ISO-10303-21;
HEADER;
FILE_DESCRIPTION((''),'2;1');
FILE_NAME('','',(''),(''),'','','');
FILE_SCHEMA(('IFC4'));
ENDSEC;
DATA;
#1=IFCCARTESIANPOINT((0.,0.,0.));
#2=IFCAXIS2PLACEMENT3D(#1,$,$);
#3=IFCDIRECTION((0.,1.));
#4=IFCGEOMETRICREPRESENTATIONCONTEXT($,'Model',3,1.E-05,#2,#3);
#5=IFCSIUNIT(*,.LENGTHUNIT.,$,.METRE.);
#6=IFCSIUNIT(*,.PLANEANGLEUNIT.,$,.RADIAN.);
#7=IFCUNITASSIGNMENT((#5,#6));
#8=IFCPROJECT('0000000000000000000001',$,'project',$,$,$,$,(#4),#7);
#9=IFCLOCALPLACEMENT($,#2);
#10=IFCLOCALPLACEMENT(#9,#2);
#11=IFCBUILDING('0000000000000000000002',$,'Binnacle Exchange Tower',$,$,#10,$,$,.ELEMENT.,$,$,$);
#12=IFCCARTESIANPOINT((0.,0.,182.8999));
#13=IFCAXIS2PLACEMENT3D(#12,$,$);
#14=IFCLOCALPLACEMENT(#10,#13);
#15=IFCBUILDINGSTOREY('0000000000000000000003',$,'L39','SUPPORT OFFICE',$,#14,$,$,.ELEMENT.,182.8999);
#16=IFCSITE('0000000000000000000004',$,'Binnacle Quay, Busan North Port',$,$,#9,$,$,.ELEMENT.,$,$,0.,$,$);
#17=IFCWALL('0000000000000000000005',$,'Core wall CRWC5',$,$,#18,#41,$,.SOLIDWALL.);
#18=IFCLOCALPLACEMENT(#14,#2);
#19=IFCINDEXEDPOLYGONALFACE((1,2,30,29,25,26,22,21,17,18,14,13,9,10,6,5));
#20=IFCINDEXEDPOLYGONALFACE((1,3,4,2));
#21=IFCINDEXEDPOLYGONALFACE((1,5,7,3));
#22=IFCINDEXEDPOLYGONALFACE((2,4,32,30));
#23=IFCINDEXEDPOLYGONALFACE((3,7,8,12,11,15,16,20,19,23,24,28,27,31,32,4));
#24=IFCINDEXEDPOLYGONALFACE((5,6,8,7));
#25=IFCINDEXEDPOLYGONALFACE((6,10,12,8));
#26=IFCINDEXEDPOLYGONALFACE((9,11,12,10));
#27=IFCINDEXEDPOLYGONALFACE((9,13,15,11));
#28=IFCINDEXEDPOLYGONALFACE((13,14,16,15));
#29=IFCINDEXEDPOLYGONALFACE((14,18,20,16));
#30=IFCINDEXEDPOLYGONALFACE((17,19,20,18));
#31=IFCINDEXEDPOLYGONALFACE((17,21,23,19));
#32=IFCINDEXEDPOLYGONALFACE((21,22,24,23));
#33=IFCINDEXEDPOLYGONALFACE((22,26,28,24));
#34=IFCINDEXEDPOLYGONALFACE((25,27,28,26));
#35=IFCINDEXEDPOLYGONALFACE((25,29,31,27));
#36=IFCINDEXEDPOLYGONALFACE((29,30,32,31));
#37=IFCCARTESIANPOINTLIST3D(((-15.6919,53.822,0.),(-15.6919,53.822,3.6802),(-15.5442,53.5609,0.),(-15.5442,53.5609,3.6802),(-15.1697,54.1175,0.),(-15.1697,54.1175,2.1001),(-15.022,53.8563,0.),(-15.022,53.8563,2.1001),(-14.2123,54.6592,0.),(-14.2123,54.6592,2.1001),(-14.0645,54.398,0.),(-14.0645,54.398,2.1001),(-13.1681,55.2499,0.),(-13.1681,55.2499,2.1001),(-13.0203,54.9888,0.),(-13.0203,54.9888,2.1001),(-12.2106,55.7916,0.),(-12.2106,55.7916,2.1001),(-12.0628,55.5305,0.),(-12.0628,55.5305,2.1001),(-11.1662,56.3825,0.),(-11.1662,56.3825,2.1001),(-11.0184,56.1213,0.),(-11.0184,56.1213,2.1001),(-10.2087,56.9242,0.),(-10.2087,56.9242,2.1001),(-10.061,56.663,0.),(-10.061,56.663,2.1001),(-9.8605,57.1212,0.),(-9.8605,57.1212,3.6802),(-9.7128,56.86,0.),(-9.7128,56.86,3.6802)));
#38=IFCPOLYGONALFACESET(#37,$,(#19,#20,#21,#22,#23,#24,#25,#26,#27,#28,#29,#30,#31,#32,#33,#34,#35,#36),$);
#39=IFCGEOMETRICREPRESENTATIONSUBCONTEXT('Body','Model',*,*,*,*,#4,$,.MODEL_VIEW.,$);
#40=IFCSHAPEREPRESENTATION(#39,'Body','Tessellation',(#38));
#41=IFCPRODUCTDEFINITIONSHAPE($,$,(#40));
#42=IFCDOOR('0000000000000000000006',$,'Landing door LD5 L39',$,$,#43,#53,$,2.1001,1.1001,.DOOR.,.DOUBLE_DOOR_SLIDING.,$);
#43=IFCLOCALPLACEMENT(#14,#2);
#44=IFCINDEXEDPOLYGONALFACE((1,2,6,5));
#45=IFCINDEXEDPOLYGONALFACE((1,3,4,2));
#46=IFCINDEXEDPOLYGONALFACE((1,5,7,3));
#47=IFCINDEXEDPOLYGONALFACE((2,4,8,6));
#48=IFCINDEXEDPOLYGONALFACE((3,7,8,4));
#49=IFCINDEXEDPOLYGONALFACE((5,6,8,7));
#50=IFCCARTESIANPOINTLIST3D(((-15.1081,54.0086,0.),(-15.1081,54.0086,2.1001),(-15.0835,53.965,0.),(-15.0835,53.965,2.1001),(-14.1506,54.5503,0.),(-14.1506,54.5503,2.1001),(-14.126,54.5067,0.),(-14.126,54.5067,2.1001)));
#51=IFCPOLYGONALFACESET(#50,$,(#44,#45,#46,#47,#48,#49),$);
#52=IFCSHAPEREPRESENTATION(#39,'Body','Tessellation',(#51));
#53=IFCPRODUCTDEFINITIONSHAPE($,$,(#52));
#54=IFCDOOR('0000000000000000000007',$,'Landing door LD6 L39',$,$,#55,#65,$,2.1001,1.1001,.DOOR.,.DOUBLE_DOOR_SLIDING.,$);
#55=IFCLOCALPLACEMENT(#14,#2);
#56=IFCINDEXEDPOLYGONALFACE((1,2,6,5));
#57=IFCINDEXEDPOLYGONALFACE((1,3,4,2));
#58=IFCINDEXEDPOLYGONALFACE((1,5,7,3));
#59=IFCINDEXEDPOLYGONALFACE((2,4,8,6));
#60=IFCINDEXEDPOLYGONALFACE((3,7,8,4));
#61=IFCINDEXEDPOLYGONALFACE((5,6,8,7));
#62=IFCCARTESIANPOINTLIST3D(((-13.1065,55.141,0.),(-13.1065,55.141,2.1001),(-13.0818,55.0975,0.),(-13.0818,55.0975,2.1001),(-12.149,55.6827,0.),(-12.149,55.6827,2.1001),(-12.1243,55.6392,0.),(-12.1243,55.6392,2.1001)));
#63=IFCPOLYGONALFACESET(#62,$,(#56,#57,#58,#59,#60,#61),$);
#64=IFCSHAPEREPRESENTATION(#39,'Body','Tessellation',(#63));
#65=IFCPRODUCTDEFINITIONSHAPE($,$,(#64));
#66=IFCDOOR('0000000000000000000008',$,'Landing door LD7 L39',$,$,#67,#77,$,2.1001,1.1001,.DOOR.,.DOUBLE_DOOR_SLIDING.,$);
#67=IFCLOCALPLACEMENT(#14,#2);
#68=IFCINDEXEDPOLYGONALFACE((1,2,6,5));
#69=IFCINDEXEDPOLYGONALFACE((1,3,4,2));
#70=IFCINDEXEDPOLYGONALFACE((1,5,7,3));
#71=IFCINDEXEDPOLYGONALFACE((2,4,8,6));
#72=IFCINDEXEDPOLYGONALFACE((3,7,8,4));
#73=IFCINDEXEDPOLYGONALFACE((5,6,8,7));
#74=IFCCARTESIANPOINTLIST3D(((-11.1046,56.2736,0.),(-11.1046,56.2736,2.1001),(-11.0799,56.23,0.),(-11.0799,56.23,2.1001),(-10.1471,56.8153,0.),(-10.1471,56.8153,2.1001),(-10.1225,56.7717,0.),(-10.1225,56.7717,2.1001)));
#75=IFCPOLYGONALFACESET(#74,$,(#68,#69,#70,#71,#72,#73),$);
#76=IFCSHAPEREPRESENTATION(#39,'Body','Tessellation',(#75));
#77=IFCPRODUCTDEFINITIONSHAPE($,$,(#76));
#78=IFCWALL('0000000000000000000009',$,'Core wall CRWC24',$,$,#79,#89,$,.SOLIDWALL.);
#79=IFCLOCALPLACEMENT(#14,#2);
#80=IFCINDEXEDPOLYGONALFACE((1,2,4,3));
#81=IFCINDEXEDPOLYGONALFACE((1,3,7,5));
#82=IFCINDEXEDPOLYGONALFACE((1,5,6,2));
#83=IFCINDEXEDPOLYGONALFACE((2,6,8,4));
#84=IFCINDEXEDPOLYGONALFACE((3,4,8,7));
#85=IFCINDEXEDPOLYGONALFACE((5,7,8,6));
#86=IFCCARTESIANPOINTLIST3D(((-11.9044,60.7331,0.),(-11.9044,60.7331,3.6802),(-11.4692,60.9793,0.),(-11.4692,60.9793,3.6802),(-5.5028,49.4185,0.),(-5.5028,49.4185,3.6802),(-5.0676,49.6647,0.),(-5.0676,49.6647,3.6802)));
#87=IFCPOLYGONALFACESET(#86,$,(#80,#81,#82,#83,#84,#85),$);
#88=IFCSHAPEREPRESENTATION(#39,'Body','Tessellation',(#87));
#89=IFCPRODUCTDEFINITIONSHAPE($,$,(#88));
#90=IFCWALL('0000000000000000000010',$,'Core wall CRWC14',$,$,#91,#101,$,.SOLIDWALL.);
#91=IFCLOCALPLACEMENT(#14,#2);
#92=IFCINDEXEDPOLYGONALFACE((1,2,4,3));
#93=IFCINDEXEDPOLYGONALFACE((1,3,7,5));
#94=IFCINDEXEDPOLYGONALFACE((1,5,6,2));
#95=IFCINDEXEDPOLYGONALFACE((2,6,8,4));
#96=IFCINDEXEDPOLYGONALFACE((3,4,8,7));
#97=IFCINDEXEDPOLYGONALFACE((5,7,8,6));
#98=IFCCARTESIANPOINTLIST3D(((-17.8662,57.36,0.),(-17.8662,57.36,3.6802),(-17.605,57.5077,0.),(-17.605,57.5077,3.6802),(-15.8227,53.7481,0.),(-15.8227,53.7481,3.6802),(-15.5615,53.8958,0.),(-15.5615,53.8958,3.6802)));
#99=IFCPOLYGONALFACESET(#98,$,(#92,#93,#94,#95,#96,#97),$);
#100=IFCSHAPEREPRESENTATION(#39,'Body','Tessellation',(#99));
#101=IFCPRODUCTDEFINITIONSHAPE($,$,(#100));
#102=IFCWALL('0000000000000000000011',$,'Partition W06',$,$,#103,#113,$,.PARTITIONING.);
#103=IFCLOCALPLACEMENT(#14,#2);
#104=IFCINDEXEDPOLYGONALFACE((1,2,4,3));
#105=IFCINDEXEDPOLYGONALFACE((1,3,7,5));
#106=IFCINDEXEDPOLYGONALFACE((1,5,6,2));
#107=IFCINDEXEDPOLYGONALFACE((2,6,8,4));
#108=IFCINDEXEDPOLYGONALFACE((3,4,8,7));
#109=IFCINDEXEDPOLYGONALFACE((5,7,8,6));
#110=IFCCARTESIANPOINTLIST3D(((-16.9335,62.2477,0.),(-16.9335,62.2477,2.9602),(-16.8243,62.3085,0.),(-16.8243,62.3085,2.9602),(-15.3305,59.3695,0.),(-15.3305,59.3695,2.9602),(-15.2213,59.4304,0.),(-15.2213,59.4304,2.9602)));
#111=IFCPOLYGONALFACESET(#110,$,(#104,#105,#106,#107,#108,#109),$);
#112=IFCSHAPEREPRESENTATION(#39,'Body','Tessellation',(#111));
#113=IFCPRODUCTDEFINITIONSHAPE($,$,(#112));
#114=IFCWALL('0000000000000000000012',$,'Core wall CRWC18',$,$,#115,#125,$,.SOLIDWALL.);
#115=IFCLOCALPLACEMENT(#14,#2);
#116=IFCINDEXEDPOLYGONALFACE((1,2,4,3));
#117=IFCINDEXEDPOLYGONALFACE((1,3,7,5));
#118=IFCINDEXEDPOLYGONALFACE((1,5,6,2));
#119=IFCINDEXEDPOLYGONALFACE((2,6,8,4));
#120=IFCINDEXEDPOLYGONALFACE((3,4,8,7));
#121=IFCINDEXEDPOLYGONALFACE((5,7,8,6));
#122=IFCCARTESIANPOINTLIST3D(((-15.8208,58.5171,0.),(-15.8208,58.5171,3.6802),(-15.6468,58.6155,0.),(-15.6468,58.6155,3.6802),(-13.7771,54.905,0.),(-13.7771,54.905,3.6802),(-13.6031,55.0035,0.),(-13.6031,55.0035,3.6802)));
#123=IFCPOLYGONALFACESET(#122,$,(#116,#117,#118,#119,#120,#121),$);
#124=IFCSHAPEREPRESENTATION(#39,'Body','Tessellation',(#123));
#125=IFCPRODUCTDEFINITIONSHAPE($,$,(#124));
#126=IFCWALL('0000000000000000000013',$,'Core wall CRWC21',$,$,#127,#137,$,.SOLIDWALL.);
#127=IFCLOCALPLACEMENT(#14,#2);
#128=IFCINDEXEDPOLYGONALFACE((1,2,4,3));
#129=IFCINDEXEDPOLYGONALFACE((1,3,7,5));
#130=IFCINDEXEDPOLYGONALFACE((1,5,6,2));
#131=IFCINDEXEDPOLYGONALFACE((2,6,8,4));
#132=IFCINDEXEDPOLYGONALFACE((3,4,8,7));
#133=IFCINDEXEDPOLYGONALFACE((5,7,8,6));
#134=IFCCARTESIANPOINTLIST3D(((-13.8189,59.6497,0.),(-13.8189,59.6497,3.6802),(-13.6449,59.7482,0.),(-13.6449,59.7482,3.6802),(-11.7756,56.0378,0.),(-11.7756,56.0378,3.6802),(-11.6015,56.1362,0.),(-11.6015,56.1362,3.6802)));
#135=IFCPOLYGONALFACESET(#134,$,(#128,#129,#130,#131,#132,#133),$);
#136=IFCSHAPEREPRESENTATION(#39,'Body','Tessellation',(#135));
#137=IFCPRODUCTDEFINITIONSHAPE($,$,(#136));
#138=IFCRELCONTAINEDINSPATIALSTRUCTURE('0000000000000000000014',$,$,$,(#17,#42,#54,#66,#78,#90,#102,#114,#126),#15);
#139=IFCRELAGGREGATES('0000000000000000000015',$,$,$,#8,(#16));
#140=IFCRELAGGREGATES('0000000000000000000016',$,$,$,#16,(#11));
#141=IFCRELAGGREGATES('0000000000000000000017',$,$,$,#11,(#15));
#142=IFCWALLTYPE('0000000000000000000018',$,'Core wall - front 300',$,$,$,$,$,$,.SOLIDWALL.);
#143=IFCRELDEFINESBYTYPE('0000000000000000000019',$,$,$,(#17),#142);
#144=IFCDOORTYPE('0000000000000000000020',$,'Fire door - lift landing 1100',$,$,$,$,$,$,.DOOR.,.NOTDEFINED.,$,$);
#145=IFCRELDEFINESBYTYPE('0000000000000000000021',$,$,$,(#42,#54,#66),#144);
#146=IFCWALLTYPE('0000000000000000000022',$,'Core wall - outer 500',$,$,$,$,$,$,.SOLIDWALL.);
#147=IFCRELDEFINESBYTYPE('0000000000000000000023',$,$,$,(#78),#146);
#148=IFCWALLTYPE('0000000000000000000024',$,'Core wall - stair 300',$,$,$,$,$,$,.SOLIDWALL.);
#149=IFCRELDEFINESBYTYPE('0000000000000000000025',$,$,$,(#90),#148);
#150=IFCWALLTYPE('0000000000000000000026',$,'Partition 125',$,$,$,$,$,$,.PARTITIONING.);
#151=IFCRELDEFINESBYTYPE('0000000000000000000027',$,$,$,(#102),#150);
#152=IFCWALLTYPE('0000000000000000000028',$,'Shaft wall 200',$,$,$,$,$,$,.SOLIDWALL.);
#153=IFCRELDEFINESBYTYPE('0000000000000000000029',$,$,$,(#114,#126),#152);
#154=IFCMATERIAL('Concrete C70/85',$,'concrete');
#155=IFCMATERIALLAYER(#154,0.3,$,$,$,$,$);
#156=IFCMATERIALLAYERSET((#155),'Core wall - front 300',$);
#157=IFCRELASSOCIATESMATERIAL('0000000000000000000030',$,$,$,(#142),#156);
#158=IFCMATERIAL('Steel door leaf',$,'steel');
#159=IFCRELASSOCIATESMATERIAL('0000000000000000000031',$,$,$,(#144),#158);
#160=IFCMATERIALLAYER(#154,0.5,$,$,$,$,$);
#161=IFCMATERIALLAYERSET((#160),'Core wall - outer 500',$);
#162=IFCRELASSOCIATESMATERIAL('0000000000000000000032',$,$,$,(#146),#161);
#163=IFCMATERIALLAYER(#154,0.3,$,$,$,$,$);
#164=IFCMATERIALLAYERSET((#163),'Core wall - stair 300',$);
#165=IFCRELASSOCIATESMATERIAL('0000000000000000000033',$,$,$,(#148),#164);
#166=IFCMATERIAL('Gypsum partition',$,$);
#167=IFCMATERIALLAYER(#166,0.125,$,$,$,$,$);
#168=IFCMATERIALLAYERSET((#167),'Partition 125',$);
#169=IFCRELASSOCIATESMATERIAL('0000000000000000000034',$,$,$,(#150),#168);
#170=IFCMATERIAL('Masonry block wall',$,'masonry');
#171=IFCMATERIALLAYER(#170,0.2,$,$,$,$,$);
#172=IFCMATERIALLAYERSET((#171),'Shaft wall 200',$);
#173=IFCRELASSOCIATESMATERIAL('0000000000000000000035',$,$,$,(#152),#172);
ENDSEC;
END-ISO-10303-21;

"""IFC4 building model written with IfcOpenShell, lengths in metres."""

from ifc_helpers import new_model, si_unit, direction, frame, frame_2d, origin, place, context, subcontext, project, spatial, rectangle, extrude, material, layer, layer_set, type_object, element, fill, save


model = new_model("IFC4")

# Units and contexts
model_context = context("Model", 3, precision=1e-05, world=origin(), true_north=direction((0.0, 1.0)))
body_context = subcontext(model_context, "Body", "Model", "MODEL_VIEW")
ifc_project = project(units=[si_unit("LENGTHUNIT", "METRE"), si_unit("PLANEANGLEUNIT", "RADIAN")], contexts=[model_context])

# Site, building, storey
site_placement = place(None, origin())
site = spatial("IfcSite", under=ifc_project, at=site_placement, Name="Binnacle Quay, Busan North Port", CompositionType="ELEMENT", RefElevation=0.0)
building_placement = place(site_placement, origin())
building = spatial("IfcBuilding", under=site, at=building_placement, Name="Binnacle Exchange Tower", CompositionType="ELEMENT")
storey_placement = place(building_placement, frame((0.0, 0.0, 182.8999)))
storey = spatial("IfcBuildingStorey", under=building, at=storey_placement, Name="L39", Description="SUPPORT OFFICE", CompositionType="ELEMENT", Elevation=182.8999)

# Shared definitions
ifc_material_1 = material(Name="Concrete C70/85", Category="concrete")

# Wall, openings, doors
ifc_layer_1 = layer(ifc_material_1, 0.3)
ifc_layer_set_1 = layer_set([ifc_layer_1], Name="Core wall - front 300")
wall_type_1 = type_object("IfcWallType", Name="Core wall - front 300", PredefinedType="SOLIDWALL", material=ifc_layer_set_1)
ifc_material_2 = material(Name="Steel door leaf", Category="steel")
wall_1_placement = place(storey_placement, frame((-15.6182, 53.6914, 0.0), z_axis=(0.0, 0.0, 1.0), x_axis=(0.870363, 0.49241, 0.0)))
wall_1 = element("IfcWall", 1, at=wall_1_placement, inside=storey, type_object=wall_type_1, Name="Core wall CRWC5", PredefinedType="SOLIDWALL", context=body_context, shape_type="SweptSolid", body=[
    extrude(rectangle(XDim=6.7, YDim=0.3, at=frame_2d((3.3501, 0.0))), origin(), (0.0, 0.0, 1.0), 3.6802),
])
opening_1_placement = place(wall_1_placement, frame((0.6001, 0.0, 0.0)))
opening_1 = element("IfcOpeningElement", 2, at=opening_1_placement, cuts=wall_1, PredefinedType="OPENING", context=body_context, shape_type="SweptSolid", body=[
    extrude(rectangle(XDim=1.1001, YDim=2.1001, at=frame_2d((0.55, 1.05))), frame((0.0, 0.1599, 0.0), z_axis=(0.0, -1.0, 0.0), x_axis=(1.0, 0.0, 0.0)), (0.0, 0.0, 1.0), 0.3201),
])
opening_2_placement = place(wall_1_placement, frame((2.8999, 0.0, 0.0)))
opening_2 = element("IfcOpeningElement", 3, at=opening_2_placement, cuts=wall_1, PredefinedType="OPENING", context=body_context, shape_type="SweptSolid", body=[
    extrude(rectangle(XDim=1.1001, YDim=2.1001, at=frame_2d((0.55, 1.05))), frame((0.0, 0.1599, 0.0), z_axis=(0.0, -1.0, 0.0), x_axis=(1.0, 0.0, 0.0)), (0.0, 0.0, 1.0), 0.3201),
])
opening_3_placement = place(wall_1_placement, frame((5.2, 0.0, 0.0)))
opening_3 = element("IfcOpeningElement", 4, at=opening_3_placement, cuts=wall_1, PredefinedType="OPENING", context=body_context, shape_type="SweptSolid", body=[
    extrude(rectangle(XDim=1.1001, YDim=2.1001, at=frame_2d((0.55, 1.05))), frame((0.0, 0.1599, 0.0), z_axis=(0.0, -1.0, 0.0), x_axis=(1.0, 0.0, 0.0)), (0.0, 0.0, 1.0), 0.3201),
])
door_type_1 = type_object("IfcDoorType", Name="Fire door - lift landing 1100", OperationType="NOTDEFINED", PredefinedType="DOOR", material=ifc_material_2)
door_1_placement = place(opening_1_placement, origin())
door_1 = element("IfcDoor", 5, at=door_1_placement, inside=storey, type_object=door_type_1, Name="Landing door LD5 L39", OperationType="DOUBLE_DOOR_SLIDING", OverallHeight=2.1001, OverallWidth=1.1001, PredefinedType="DOOR", context=body_context, shape_type="SweptSolid", body=[
    extrude(rectangle(XDim=1.1001, YDim=2.1001, at=frame_2d((0.55, 1.05))), frame((0.0, 0.0249, 0.0), z_axis=(0.0, -1.0, 0.0), x_axis=(1.0, 0.0, 0.0)), (0.0, 0.0, 1.0), 0.05),
])
fill(opening_1, door_1)
door_2_placement = place(opening_2_placement, origin())
door_2 = element("IfcDoor", 6, at=door_2_placement, inside=storey, type_object=door_type_1, Name="Landing door LD6 L39", OperationType="DOUBLE_DOOR_SLIDING", OverallHeight=2.1001, OverallWidth=1.1001, PredefinedType="DOOR", context=body_context, shape_type="SweptSolid", body=[
    extrude(rectangle(XDim=1.1001, YDim=2.1001, at=frame_2d((0.55, 1.05))), frame((0.0, 0.0249, 0.0), z_axis=(0.0, -1.0, 0.0), x_axis=(1.0, 0.0, 0.0)), (0.0, 0.0, 1.0), 0.05),
])
fill(opening_2, door_2)
door_3_placement = place(opening_3_placement, origin())
door_3 = element("IfcDoor", 7, at=door_3_placement, inside=storey, type_object=door_type_1, Name="Landing door LD7 L39", OperationType="DOUBLE_DOOR_SLIDING", OverallHeight=2.1001, OverallWidth=1.1001, PredefinedType="DOOR", context=body_context, shape_type="SweptSolid", body=[
    extrude(rectangle(XDim=1.1001, YDim=2.1001, at=frame_2d((0.55, 1.05))), frame((0.0, 0.0249, 0.0), z_axis=(0.0, -1.0, 0.0), x_axis=(1.0, 0.0, 0.0)), (0.0, 0.0, 1.0), 0.05),
])
fill(opening_3, door_3)

# Walls
ifc_layer_2 = layer(ifc_material_1, 0.5)
ifc_layer_set_2 = layer_set([ifc_layer_2], Name="Core wall - outer 500")
wall_type_2 = type_object("IfcWallType", Name="Core wall - outer 500", PredefinedType="SOLIDWALL", material=ifc_layer_set_2)
wall_2_placement = place(storey_placement, frame((-11.6868, 60.8562, 0.0), z_axis=(0.0, 0.0, 1.0), x_axis=(0.492427, -0.870354, 0.0)))
element("IfcWall", 8, at=wall_2_placement, inside=storey, type_object=wall_type_2, Name="Core wall CRWC24", PredefinedType="SOLIDWALL", context=body_context, shape_type="SweptSolid", body=[
    extrude(rectangle(XDim=13.0, YDim=0.5, at=frame_2d((6.5, 0.0))), origin(), (0.0, 0.0, 1.0), 3.6802),
])
ifc_layer_3 = layer(ifc_material_1, 0.3)
ifc_layer_set_3 = layer_set([ifc_layer_3], Name="Core wall - stair 300")
wall_type_3 = type_object("IfcWallType", Name="Core wall - stair 300", PredefinedType="SOLIDWALL", material=ifc_layer_set_3)
wall_3_placement = place(storey_placement, frame((-17.7356, 57.4338, 0.0), z_axis=(0.0, 0.0, 1.0), x_axis=(0.492422, -0.870357, 0.0)))
element("IfcWall", 9, at=wall_3_placement, inside=storey, type_object=wall_type_3, Name="Core wall CRWC14", PredefinedType="SOLIDWALL", context=body_context, shape_type="SweptSolid", body=[
    extrude(rectangle(XDim=4.1499, YDim=0.3, at=frame_2d((2.075, 0.0))), origin(), (0.0, 0.0, 1.0), 3.6802),
])
ifc_material_3 = material(Name="Gypsum partition")
ifc_layer_4 = layer(ifc_material_3, 0.125)
ifc_layer_set_4 = layer_set([ifc_layer_4], Name="Partition 125")
wall_type_4 = type_object("IfcWallType", Name="Partition 125", PredefinedType="PARTITIONING", material=ifc_layer_set_4)
wall_4_placement = place(storey_placement, frame((-16.8789, 62.2781, 0.0), z_axis=(0.0, 0.0, 1.0), x_axis=(0.48658, -0.873636, 0.0)))
element("IfcWall", 10, at=wall_4_placement, inside=storey, type_object=wall_type_4, Name="Partition W06", PredefinedType="PARTITIONING", context=body_context, shape_type="SweptSolid", body=[
    extrude(rectangle(XDim=3.2944, YDim=0.125, at=frame_2d((1.6472, 0.0))), origin(), (0.0, 0.0, 1.0), 2.9602),
])
ifc_material_4 = material(Name="Masonry block wall", Category="masonry")
ifc_layer_5 = layer(ifc_material_4, 0.2)
ifc_layer_set_5 = layer_set([ifc_layer_5], Name="Shaft wall 200")
wall_type_5 = type_object("IfcWallType", Name="Shaft wall 200", PredefinedType="SOLIDWALL", material=ifc_layer_set_5)
wall_5_placement = place(storey_placement, frame((-15.7339, 58.5664, 0.0), z_axis=(0.0, 0.0, 1.0), x_axis=(0.492441, -0.870346, 0.0)))
element("IfcWall", 11, at=wall_5_placement, inside=storey, type_object=wall_type_5, Name="Core wall CRWC18", PredefinedType="SOLIDWALL", context=body_context, shape_type="SweptSolid", body=[
    extrude(rectangle(XDim=4.1501, YDim=0.2, at=frame_2d((2.0752, 0.0))), origin(), (0.0, 0.0, 1.0), 3.6802),
])
wall_6_placement = place(storey_placement, frame((-13.7319, 59.699, 0.0), z_axis=(0.0, 0.0, 1.0), x_axis=(0.492396, -0.870371, 0.0)))
element("IfcWall", 12, at=wall_6_placement, inside=storey, type_object=wall_type_5, Name="Core wall CRWC21", PredefinedType="SOLIDWALL", context=body_context, shape_type="SweptSolid", body=[
    extrude(rectangle(XDim=4.1499, YDim=0.2, at=frame_2d((2.075, 0.0))), origin(), (0.0, 0.0, 1.0), 3.6802),
])

save(model, "model.ifc")
